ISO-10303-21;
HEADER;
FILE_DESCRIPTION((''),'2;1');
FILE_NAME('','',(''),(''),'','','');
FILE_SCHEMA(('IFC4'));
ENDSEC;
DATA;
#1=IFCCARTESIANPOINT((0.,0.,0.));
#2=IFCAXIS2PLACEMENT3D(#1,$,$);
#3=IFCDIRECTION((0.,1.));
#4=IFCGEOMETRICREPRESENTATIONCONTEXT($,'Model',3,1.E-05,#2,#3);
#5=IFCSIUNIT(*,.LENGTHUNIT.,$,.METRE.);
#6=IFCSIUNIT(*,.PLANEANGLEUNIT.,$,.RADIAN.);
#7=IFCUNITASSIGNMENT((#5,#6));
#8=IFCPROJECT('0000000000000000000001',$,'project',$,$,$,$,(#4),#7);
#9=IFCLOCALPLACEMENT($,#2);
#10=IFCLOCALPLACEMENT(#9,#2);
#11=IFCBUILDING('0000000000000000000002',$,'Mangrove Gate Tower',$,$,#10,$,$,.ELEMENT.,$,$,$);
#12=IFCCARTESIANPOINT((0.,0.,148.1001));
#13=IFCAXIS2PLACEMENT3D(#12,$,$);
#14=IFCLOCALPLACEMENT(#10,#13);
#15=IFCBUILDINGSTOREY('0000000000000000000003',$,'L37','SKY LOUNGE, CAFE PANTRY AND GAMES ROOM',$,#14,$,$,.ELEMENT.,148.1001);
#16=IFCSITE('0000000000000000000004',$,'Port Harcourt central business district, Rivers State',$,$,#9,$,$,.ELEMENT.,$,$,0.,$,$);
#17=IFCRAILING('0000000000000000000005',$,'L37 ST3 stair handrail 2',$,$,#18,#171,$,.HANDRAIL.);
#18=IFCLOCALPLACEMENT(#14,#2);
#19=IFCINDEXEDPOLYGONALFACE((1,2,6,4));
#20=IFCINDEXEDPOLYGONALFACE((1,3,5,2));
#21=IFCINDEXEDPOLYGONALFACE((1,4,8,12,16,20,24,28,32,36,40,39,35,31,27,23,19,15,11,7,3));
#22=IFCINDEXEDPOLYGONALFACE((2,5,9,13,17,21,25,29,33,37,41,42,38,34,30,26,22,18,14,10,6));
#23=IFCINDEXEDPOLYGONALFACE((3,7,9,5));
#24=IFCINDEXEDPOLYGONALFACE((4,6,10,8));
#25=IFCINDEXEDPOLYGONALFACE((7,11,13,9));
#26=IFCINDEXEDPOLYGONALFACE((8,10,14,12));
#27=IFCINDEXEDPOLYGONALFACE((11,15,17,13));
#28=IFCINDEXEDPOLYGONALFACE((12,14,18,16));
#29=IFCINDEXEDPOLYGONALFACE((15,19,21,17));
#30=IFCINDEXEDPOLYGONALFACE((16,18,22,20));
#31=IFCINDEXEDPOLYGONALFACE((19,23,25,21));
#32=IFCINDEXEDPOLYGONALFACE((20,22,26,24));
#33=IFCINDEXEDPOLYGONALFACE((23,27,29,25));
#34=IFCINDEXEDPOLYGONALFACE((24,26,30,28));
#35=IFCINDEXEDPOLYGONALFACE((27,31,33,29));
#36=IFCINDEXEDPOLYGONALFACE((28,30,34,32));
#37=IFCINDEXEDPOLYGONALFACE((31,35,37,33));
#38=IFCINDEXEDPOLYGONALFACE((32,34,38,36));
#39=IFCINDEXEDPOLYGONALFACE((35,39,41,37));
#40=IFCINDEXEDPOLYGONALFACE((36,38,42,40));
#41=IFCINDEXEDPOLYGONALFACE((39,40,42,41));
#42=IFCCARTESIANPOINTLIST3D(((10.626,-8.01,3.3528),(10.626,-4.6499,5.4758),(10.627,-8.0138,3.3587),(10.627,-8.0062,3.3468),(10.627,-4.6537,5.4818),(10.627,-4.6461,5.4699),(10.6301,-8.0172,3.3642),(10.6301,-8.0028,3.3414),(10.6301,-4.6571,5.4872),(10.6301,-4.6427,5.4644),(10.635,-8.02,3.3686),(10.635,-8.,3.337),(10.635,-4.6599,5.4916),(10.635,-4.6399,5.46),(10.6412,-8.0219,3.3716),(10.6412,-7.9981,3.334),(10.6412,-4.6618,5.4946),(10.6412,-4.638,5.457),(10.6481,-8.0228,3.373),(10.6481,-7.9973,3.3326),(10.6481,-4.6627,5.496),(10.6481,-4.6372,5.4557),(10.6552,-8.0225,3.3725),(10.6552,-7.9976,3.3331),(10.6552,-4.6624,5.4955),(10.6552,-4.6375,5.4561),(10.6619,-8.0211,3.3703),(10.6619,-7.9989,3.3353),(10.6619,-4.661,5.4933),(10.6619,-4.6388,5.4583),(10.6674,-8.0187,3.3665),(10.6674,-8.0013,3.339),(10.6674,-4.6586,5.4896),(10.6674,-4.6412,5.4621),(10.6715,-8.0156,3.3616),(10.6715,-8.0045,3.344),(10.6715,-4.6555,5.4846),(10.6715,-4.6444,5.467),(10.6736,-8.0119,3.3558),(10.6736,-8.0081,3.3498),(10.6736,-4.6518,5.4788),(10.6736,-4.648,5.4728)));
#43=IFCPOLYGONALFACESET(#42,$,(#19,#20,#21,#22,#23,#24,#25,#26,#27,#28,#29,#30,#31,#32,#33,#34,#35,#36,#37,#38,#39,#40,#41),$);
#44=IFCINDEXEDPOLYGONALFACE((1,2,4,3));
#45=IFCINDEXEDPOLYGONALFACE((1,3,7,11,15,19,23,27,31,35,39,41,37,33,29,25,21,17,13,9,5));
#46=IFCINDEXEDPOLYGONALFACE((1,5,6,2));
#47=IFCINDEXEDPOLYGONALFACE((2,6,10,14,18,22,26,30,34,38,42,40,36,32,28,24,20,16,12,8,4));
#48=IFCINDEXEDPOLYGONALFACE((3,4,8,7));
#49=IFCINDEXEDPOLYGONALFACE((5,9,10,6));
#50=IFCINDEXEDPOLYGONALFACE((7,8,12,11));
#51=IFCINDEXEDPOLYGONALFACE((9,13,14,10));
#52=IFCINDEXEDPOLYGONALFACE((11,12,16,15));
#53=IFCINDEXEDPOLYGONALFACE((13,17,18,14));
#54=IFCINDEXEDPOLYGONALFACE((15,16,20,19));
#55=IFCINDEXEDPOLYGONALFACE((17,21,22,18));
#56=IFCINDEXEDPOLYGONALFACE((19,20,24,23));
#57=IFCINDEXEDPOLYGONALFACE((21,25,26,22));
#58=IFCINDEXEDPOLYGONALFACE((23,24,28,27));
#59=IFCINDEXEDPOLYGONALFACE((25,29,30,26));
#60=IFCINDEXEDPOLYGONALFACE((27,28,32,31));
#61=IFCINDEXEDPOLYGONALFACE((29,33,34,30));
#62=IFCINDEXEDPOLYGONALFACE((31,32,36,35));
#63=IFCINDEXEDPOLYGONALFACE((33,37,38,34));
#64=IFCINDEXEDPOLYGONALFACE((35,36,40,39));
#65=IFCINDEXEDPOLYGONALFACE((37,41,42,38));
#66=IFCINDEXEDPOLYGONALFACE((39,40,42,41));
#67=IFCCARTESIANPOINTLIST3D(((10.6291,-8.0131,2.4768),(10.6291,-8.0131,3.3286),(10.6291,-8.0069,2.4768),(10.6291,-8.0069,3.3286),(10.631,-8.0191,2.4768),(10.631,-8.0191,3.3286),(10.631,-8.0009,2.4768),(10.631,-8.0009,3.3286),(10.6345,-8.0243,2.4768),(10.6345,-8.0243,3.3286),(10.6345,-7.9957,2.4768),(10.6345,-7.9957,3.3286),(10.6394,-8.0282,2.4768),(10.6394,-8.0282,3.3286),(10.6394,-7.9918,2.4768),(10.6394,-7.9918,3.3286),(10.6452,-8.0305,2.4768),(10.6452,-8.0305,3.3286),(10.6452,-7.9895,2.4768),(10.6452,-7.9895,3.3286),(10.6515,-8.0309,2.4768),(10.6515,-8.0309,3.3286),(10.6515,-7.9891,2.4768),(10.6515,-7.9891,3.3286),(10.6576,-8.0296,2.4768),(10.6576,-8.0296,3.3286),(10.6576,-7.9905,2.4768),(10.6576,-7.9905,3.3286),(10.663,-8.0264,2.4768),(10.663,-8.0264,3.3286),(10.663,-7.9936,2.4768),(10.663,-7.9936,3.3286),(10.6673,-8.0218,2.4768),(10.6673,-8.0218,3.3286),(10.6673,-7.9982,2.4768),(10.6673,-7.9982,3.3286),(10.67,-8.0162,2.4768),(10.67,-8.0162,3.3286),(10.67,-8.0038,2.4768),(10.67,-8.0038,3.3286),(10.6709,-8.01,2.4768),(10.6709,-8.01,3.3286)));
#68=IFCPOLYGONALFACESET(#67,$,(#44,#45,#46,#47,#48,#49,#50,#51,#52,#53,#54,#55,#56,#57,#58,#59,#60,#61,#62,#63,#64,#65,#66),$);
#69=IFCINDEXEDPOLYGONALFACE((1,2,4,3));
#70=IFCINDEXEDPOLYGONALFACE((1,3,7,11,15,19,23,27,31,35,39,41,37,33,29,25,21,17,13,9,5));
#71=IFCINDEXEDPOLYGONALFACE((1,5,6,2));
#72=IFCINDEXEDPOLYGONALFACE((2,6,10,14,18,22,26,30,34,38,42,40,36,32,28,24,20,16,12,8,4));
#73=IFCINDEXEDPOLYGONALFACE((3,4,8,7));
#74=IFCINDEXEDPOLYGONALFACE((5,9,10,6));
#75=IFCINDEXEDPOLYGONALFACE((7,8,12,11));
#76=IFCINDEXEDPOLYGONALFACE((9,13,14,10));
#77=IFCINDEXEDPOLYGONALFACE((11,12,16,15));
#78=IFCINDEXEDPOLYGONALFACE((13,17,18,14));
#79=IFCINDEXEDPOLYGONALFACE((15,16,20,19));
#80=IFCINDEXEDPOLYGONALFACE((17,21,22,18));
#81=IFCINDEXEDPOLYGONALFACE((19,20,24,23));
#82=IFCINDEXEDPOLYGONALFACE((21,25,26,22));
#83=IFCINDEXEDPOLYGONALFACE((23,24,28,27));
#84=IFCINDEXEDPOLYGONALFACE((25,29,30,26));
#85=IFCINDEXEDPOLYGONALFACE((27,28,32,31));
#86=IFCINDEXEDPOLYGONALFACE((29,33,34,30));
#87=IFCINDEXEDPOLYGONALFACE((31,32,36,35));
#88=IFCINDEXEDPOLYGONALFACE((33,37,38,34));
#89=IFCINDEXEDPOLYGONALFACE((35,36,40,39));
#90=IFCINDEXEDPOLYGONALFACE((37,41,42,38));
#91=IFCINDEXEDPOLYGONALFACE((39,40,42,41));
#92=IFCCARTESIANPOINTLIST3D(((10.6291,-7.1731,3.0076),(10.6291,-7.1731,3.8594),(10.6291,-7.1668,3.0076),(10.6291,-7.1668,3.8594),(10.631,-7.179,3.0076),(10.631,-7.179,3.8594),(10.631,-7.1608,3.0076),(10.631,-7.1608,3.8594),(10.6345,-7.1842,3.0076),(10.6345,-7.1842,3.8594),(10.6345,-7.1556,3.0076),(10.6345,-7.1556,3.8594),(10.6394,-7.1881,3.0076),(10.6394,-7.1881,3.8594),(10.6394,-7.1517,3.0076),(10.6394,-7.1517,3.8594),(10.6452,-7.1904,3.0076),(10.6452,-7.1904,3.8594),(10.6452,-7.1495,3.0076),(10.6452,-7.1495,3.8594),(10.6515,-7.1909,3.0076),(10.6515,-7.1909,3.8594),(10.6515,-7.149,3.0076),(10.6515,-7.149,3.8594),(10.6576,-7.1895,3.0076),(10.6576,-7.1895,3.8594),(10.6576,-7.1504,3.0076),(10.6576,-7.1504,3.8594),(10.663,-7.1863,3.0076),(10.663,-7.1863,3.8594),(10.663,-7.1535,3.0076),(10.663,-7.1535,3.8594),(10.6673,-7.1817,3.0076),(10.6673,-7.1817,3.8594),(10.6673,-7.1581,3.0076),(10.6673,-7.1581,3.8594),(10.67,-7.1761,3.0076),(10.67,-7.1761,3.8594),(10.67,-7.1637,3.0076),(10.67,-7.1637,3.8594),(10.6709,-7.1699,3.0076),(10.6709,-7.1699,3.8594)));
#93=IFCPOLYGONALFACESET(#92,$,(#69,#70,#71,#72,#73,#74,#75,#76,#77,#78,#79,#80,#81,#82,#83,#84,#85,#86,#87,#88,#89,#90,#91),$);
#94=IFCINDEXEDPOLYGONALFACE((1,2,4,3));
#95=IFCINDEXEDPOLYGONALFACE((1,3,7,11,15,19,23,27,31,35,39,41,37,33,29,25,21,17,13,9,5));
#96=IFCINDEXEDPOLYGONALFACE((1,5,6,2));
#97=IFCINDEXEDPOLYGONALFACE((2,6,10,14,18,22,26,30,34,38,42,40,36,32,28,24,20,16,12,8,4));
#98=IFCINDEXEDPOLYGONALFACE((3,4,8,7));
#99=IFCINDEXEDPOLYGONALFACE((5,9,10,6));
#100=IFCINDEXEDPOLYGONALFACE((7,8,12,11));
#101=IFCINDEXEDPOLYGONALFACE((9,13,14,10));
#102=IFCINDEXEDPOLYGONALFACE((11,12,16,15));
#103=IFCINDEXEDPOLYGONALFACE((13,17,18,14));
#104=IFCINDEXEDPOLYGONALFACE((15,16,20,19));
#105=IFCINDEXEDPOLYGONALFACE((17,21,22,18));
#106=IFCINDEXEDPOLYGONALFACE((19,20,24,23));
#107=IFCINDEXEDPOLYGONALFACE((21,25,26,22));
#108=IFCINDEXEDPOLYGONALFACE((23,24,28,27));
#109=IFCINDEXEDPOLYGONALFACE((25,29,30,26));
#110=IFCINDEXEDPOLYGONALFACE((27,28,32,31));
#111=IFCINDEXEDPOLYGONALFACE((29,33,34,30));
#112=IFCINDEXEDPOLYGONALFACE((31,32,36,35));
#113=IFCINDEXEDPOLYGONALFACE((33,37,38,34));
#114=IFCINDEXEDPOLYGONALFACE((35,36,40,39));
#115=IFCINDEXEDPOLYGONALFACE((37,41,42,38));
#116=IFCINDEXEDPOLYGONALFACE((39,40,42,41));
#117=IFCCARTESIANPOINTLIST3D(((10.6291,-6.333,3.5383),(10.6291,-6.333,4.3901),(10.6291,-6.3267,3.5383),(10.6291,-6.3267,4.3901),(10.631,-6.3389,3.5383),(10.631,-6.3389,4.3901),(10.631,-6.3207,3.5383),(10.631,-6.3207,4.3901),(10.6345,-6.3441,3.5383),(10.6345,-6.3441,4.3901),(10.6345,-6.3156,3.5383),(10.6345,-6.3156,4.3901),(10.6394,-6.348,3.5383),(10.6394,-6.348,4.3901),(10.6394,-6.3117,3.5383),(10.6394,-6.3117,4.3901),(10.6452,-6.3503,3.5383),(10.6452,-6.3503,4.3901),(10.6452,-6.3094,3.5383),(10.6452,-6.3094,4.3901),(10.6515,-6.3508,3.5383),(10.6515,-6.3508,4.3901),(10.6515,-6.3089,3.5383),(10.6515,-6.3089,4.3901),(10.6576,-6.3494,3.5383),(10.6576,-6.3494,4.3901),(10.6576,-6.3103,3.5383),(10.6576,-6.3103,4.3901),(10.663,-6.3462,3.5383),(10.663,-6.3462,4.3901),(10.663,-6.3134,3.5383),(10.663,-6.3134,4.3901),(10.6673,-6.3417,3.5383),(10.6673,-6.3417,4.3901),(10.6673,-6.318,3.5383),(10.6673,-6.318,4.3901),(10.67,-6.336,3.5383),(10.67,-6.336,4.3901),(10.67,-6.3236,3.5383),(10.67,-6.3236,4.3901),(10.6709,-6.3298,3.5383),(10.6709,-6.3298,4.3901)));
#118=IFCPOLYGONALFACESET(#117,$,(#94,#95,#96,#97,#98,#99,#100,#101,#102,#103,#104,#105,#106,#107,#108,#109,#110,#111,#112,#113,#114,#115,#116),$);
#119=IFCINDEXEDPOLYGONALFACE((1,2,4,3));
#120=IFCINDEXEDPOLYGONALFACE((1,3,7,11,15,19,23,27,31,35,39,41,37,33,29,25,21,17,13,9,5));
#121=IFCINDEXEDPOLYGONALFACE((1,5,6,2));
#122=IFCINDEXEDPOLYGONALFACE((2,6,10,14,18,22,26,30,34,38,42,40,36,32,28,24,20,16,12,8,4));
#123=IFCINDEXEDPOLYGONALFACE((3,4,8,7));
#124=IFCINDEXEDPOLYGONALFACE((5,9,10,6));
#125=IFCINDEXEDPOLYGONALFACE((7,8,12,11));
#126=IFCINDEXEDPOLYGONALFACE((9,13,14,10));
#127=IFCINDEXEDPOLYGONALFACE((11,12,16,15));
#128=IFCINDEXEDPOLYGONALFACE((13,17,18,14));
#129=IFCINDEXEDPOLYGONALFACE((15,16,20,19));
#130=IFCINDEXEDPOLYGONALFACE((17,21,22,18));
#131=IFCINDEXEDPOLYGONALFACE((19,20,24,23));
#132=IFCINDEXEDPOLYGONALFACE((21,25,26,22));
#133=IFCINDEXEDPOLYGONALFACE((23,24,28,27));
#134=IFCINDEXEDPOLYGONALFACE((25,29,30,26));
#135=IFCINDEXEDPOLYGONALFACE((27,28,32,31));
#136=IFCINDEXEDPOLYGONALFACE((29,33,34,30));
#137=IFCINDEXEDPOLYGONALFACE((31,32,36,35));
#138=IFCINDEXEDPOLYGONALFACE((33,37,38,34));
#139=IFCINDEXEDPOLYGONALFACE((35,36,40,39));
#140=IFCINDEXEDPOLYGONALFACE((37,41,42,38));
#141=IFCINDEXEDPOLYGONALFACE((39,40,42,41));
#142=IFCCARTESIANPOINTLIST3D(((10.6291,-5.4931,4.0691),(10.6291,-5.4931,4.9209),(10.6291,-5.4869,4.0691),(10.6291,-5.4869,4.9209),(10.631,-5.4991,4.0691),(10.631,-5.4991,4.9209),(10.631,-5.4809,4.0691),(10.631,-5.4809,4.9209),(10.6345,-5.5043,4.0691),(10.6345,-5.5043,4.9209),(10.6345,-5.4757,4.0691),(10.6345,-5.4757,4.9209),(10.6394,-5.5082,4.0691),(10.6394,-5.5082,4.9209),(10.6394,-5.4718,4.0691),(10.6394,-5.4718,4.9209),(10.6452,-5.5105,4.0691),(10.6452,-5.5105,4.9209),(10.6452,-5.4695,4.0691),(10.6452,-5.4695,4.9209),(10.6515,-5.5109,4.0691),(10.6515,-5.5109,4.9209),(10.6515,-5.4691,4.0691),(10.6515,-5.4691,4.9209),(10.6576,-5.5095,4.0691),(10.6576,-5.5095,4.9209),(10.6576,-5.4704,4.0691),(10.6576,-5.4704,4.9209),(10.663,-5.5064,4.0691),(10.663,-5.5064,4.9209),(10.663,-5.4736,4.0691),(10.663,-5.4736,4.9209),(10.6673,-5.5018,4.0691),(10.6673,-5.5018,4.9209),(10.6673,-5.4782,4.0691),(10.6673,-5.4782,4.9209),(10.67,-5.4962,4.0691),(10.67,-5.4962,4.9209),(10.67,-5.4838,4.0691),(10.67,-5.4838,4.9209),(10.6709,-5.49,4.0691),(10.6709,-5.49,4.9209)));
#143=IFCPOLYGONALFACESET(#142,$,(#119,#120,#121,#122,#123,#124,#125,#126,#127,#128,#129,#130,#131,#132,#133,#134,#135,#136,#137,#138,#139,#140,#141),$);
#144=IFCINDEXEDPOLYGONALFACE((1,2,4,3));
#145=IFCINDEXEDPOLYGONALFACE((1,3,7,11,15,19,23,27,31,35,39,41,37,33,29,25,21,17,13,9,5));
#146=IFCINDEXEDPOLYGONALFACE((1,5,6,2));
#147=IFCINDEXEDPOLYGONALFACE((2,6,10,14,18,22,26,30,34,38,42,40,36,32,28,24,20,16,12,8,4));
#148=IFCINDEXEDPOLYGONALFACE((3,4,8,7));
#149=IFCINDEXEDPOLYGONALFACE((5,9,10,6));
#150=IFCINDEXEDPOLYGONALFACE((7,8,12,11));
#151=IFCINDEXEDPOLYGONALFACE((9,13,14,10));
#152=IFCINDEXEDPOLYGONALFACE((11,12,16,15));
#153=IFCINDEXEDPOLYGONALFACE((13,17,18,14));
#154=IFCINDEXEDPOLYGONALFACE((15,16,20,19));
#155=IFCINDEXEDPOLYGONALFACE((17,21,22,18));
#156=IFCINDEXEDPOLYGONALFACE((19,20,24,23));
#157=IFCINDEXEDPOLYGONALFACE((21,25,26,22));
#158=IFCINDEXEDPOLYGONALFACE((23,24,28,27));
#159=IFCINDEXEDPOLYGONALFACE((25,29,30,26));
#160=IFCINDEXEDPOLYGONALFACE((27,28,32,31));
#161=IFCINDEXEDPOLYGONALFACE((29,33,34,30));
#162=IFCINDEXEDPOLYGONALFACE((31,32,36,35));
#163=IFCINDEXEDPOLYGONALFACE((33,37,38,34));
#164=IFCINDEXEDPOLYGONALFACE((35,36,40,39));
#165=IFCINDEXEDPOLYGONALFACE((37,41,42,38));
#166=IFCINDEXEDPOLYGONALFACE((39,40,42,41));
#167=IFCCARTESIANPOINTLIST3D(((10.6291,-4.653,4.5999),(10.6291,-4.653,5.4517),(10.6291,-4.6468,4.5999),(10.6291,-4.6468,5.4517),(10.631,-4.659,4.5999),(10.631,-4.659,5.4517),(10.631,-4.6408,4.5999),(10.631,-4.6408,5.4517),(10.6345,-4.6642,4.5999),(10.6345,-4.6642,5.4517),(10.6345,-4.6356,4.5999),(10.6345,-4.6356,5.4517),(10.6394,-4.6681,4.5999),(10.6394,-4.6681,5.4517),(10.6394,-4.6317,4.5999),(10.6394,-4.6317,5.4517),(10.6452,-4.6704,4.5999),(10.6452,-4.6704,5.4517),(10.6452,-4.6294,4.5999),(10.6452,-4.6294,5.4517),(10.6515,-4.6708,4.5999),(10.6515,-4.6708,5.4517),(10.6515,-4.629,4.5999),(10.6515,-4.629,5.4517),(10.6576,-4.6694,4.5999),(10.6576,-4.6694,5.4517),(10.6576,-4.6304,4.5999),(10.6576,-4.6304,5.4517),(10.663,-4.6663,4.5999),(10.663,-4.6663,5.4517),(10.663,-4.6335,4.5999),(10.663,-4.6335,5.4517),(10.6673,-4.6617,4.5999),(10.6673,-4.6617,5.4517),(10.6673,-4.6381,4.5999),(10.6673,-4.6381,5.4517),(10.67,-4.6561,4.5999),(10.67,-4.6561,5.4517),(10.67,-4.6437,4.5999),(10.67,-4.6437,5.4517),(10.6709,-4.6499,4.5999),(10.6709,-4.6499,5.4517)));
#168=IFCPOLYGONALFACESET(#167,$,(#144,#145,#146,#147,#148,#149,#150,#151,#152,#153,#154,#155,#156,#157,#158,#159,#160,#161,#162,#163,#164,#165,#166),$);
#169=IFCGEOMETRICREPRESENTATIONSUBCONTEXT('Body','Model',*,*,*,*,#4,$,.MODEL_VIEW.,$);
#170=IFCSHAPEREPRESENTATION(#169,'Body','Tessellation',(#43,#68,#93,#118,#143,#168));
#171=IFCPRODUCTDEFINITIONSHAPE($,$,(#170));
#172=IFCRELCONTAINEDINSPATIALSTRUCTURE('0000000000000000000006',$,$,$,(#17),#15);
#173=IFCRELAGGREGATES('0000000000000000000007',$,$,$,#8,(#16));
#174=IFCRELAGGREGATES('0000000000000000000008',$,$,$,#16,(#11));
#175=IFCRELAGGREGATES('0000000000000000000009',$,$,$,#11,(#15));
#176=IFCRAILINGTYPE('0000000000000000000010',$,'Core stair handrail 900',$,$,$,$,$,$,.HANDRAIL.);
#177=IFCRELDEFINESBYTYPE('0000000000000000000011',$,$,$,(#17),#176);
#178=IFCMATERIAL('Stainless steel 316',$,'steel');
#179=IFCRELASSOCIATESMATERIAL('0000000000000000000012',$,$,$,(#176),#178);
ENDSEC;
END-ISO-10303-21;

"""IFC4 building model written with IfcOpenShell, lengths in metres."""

from ifc_helpers import new_model, si_unit, direction, frame, origin, origin_2d, place, context, subcontext, project, spatial, circle, extrude, material, type_object, element, save


model = new_model("IFC4")

# Units and contexts
model_context = context("Model", 3, precision=1e-05, world=origin(), true_north=direction((0.0, 1.0)))
body_context = subcontext(model_context, "Body", "Model", "MODEL_VIEW")
ifc_project = project(units=[si_unit("LENGTHUNIT", "METRE"), si_unit("PLANEANGLEUNIT", "RADIAN")], contexts=[model_context])

# Site, building, storey
site_placement = place(None, origin())
site = spatial("IfcSite", under=ifc_project, at=site_placement, Name="Port Harcourt central business district, Rivers State", CompositionType="ELEMENT", RefElevation=0.0)
building_placement = place(site_placement, origin())
building = spatial("IfcBuilding", under=site, at=building_placement, Name="Mangrove Gate Tower", CompositionType="ELEMENT")
storey_placement = place(building_placement, frame((0.0, 0.0, 148.1001)))
storey = spatial("IfcBuildingStorey", under=building, at=storey_placement, Name="L37", Description="SKY LOUNGE, CAFE PANTRY AND GAMES ROOM", CompositionType="ELEMENT", Elevation=148.1001)

# Railing
ifc_material_1 = material(Name="Stainless steel 316", Category="steel")
railing_type_1 = type_object("IfcRailingType", Name="Core stair handrail 900", PredefinedType="HANDRAIL", material=ifc_material_1)
railing_1_placement = place(storey_placement, frame((10.6499, -8.01, 2.4768)))
element("IfcRailing", 1, at=railing_1_placement, inside=storey, type_object=railing_type_1, Name="L37 ST3 stair handrail 2", PredefinedType="HANDRAIL", context=body_context, shape_type="SweptSolid", body=[
    extrude(circle(Radius=0.0239, at=origin_2d()), frame((0.0, 0.0, 0.876), z_axis=(0.0, 0.84539, 0.53415), x_axis=(-1.0, 0.0, 0.0)), (0.0, 0.0, 1.0), 3.9746),
    extrude(circle(Radius=0.021, at=origin_2d()), origin(), (0.0, 0.0, 1.0), 0.8518),
    extrude(circle(Radius=0.021, at=origin_2d()), frame((0.0, 0.8401, 0.5308)), (0.0, 0.0, 1.0), 0.8518),
    extrude(circle(Radius=0.021, at=origin_2d()), frame((0.0, 1.6802, 1.0615)), (0.0, 0.0, 1.0), 0.8518),
    extrude(circle(Radius=0.021, at=origin_2d()), frame((0.0, 2.52, 1.5923)), (0.0, 0.0, 1.0), 0.8518),
    extrude(circle(Radius=0.021, at=origin_2d()), frame((0.0, 3.3601, 2.123)), (0.0, 0.0, 1.0), 0.8518),
])

save(model, "model.ifc")
